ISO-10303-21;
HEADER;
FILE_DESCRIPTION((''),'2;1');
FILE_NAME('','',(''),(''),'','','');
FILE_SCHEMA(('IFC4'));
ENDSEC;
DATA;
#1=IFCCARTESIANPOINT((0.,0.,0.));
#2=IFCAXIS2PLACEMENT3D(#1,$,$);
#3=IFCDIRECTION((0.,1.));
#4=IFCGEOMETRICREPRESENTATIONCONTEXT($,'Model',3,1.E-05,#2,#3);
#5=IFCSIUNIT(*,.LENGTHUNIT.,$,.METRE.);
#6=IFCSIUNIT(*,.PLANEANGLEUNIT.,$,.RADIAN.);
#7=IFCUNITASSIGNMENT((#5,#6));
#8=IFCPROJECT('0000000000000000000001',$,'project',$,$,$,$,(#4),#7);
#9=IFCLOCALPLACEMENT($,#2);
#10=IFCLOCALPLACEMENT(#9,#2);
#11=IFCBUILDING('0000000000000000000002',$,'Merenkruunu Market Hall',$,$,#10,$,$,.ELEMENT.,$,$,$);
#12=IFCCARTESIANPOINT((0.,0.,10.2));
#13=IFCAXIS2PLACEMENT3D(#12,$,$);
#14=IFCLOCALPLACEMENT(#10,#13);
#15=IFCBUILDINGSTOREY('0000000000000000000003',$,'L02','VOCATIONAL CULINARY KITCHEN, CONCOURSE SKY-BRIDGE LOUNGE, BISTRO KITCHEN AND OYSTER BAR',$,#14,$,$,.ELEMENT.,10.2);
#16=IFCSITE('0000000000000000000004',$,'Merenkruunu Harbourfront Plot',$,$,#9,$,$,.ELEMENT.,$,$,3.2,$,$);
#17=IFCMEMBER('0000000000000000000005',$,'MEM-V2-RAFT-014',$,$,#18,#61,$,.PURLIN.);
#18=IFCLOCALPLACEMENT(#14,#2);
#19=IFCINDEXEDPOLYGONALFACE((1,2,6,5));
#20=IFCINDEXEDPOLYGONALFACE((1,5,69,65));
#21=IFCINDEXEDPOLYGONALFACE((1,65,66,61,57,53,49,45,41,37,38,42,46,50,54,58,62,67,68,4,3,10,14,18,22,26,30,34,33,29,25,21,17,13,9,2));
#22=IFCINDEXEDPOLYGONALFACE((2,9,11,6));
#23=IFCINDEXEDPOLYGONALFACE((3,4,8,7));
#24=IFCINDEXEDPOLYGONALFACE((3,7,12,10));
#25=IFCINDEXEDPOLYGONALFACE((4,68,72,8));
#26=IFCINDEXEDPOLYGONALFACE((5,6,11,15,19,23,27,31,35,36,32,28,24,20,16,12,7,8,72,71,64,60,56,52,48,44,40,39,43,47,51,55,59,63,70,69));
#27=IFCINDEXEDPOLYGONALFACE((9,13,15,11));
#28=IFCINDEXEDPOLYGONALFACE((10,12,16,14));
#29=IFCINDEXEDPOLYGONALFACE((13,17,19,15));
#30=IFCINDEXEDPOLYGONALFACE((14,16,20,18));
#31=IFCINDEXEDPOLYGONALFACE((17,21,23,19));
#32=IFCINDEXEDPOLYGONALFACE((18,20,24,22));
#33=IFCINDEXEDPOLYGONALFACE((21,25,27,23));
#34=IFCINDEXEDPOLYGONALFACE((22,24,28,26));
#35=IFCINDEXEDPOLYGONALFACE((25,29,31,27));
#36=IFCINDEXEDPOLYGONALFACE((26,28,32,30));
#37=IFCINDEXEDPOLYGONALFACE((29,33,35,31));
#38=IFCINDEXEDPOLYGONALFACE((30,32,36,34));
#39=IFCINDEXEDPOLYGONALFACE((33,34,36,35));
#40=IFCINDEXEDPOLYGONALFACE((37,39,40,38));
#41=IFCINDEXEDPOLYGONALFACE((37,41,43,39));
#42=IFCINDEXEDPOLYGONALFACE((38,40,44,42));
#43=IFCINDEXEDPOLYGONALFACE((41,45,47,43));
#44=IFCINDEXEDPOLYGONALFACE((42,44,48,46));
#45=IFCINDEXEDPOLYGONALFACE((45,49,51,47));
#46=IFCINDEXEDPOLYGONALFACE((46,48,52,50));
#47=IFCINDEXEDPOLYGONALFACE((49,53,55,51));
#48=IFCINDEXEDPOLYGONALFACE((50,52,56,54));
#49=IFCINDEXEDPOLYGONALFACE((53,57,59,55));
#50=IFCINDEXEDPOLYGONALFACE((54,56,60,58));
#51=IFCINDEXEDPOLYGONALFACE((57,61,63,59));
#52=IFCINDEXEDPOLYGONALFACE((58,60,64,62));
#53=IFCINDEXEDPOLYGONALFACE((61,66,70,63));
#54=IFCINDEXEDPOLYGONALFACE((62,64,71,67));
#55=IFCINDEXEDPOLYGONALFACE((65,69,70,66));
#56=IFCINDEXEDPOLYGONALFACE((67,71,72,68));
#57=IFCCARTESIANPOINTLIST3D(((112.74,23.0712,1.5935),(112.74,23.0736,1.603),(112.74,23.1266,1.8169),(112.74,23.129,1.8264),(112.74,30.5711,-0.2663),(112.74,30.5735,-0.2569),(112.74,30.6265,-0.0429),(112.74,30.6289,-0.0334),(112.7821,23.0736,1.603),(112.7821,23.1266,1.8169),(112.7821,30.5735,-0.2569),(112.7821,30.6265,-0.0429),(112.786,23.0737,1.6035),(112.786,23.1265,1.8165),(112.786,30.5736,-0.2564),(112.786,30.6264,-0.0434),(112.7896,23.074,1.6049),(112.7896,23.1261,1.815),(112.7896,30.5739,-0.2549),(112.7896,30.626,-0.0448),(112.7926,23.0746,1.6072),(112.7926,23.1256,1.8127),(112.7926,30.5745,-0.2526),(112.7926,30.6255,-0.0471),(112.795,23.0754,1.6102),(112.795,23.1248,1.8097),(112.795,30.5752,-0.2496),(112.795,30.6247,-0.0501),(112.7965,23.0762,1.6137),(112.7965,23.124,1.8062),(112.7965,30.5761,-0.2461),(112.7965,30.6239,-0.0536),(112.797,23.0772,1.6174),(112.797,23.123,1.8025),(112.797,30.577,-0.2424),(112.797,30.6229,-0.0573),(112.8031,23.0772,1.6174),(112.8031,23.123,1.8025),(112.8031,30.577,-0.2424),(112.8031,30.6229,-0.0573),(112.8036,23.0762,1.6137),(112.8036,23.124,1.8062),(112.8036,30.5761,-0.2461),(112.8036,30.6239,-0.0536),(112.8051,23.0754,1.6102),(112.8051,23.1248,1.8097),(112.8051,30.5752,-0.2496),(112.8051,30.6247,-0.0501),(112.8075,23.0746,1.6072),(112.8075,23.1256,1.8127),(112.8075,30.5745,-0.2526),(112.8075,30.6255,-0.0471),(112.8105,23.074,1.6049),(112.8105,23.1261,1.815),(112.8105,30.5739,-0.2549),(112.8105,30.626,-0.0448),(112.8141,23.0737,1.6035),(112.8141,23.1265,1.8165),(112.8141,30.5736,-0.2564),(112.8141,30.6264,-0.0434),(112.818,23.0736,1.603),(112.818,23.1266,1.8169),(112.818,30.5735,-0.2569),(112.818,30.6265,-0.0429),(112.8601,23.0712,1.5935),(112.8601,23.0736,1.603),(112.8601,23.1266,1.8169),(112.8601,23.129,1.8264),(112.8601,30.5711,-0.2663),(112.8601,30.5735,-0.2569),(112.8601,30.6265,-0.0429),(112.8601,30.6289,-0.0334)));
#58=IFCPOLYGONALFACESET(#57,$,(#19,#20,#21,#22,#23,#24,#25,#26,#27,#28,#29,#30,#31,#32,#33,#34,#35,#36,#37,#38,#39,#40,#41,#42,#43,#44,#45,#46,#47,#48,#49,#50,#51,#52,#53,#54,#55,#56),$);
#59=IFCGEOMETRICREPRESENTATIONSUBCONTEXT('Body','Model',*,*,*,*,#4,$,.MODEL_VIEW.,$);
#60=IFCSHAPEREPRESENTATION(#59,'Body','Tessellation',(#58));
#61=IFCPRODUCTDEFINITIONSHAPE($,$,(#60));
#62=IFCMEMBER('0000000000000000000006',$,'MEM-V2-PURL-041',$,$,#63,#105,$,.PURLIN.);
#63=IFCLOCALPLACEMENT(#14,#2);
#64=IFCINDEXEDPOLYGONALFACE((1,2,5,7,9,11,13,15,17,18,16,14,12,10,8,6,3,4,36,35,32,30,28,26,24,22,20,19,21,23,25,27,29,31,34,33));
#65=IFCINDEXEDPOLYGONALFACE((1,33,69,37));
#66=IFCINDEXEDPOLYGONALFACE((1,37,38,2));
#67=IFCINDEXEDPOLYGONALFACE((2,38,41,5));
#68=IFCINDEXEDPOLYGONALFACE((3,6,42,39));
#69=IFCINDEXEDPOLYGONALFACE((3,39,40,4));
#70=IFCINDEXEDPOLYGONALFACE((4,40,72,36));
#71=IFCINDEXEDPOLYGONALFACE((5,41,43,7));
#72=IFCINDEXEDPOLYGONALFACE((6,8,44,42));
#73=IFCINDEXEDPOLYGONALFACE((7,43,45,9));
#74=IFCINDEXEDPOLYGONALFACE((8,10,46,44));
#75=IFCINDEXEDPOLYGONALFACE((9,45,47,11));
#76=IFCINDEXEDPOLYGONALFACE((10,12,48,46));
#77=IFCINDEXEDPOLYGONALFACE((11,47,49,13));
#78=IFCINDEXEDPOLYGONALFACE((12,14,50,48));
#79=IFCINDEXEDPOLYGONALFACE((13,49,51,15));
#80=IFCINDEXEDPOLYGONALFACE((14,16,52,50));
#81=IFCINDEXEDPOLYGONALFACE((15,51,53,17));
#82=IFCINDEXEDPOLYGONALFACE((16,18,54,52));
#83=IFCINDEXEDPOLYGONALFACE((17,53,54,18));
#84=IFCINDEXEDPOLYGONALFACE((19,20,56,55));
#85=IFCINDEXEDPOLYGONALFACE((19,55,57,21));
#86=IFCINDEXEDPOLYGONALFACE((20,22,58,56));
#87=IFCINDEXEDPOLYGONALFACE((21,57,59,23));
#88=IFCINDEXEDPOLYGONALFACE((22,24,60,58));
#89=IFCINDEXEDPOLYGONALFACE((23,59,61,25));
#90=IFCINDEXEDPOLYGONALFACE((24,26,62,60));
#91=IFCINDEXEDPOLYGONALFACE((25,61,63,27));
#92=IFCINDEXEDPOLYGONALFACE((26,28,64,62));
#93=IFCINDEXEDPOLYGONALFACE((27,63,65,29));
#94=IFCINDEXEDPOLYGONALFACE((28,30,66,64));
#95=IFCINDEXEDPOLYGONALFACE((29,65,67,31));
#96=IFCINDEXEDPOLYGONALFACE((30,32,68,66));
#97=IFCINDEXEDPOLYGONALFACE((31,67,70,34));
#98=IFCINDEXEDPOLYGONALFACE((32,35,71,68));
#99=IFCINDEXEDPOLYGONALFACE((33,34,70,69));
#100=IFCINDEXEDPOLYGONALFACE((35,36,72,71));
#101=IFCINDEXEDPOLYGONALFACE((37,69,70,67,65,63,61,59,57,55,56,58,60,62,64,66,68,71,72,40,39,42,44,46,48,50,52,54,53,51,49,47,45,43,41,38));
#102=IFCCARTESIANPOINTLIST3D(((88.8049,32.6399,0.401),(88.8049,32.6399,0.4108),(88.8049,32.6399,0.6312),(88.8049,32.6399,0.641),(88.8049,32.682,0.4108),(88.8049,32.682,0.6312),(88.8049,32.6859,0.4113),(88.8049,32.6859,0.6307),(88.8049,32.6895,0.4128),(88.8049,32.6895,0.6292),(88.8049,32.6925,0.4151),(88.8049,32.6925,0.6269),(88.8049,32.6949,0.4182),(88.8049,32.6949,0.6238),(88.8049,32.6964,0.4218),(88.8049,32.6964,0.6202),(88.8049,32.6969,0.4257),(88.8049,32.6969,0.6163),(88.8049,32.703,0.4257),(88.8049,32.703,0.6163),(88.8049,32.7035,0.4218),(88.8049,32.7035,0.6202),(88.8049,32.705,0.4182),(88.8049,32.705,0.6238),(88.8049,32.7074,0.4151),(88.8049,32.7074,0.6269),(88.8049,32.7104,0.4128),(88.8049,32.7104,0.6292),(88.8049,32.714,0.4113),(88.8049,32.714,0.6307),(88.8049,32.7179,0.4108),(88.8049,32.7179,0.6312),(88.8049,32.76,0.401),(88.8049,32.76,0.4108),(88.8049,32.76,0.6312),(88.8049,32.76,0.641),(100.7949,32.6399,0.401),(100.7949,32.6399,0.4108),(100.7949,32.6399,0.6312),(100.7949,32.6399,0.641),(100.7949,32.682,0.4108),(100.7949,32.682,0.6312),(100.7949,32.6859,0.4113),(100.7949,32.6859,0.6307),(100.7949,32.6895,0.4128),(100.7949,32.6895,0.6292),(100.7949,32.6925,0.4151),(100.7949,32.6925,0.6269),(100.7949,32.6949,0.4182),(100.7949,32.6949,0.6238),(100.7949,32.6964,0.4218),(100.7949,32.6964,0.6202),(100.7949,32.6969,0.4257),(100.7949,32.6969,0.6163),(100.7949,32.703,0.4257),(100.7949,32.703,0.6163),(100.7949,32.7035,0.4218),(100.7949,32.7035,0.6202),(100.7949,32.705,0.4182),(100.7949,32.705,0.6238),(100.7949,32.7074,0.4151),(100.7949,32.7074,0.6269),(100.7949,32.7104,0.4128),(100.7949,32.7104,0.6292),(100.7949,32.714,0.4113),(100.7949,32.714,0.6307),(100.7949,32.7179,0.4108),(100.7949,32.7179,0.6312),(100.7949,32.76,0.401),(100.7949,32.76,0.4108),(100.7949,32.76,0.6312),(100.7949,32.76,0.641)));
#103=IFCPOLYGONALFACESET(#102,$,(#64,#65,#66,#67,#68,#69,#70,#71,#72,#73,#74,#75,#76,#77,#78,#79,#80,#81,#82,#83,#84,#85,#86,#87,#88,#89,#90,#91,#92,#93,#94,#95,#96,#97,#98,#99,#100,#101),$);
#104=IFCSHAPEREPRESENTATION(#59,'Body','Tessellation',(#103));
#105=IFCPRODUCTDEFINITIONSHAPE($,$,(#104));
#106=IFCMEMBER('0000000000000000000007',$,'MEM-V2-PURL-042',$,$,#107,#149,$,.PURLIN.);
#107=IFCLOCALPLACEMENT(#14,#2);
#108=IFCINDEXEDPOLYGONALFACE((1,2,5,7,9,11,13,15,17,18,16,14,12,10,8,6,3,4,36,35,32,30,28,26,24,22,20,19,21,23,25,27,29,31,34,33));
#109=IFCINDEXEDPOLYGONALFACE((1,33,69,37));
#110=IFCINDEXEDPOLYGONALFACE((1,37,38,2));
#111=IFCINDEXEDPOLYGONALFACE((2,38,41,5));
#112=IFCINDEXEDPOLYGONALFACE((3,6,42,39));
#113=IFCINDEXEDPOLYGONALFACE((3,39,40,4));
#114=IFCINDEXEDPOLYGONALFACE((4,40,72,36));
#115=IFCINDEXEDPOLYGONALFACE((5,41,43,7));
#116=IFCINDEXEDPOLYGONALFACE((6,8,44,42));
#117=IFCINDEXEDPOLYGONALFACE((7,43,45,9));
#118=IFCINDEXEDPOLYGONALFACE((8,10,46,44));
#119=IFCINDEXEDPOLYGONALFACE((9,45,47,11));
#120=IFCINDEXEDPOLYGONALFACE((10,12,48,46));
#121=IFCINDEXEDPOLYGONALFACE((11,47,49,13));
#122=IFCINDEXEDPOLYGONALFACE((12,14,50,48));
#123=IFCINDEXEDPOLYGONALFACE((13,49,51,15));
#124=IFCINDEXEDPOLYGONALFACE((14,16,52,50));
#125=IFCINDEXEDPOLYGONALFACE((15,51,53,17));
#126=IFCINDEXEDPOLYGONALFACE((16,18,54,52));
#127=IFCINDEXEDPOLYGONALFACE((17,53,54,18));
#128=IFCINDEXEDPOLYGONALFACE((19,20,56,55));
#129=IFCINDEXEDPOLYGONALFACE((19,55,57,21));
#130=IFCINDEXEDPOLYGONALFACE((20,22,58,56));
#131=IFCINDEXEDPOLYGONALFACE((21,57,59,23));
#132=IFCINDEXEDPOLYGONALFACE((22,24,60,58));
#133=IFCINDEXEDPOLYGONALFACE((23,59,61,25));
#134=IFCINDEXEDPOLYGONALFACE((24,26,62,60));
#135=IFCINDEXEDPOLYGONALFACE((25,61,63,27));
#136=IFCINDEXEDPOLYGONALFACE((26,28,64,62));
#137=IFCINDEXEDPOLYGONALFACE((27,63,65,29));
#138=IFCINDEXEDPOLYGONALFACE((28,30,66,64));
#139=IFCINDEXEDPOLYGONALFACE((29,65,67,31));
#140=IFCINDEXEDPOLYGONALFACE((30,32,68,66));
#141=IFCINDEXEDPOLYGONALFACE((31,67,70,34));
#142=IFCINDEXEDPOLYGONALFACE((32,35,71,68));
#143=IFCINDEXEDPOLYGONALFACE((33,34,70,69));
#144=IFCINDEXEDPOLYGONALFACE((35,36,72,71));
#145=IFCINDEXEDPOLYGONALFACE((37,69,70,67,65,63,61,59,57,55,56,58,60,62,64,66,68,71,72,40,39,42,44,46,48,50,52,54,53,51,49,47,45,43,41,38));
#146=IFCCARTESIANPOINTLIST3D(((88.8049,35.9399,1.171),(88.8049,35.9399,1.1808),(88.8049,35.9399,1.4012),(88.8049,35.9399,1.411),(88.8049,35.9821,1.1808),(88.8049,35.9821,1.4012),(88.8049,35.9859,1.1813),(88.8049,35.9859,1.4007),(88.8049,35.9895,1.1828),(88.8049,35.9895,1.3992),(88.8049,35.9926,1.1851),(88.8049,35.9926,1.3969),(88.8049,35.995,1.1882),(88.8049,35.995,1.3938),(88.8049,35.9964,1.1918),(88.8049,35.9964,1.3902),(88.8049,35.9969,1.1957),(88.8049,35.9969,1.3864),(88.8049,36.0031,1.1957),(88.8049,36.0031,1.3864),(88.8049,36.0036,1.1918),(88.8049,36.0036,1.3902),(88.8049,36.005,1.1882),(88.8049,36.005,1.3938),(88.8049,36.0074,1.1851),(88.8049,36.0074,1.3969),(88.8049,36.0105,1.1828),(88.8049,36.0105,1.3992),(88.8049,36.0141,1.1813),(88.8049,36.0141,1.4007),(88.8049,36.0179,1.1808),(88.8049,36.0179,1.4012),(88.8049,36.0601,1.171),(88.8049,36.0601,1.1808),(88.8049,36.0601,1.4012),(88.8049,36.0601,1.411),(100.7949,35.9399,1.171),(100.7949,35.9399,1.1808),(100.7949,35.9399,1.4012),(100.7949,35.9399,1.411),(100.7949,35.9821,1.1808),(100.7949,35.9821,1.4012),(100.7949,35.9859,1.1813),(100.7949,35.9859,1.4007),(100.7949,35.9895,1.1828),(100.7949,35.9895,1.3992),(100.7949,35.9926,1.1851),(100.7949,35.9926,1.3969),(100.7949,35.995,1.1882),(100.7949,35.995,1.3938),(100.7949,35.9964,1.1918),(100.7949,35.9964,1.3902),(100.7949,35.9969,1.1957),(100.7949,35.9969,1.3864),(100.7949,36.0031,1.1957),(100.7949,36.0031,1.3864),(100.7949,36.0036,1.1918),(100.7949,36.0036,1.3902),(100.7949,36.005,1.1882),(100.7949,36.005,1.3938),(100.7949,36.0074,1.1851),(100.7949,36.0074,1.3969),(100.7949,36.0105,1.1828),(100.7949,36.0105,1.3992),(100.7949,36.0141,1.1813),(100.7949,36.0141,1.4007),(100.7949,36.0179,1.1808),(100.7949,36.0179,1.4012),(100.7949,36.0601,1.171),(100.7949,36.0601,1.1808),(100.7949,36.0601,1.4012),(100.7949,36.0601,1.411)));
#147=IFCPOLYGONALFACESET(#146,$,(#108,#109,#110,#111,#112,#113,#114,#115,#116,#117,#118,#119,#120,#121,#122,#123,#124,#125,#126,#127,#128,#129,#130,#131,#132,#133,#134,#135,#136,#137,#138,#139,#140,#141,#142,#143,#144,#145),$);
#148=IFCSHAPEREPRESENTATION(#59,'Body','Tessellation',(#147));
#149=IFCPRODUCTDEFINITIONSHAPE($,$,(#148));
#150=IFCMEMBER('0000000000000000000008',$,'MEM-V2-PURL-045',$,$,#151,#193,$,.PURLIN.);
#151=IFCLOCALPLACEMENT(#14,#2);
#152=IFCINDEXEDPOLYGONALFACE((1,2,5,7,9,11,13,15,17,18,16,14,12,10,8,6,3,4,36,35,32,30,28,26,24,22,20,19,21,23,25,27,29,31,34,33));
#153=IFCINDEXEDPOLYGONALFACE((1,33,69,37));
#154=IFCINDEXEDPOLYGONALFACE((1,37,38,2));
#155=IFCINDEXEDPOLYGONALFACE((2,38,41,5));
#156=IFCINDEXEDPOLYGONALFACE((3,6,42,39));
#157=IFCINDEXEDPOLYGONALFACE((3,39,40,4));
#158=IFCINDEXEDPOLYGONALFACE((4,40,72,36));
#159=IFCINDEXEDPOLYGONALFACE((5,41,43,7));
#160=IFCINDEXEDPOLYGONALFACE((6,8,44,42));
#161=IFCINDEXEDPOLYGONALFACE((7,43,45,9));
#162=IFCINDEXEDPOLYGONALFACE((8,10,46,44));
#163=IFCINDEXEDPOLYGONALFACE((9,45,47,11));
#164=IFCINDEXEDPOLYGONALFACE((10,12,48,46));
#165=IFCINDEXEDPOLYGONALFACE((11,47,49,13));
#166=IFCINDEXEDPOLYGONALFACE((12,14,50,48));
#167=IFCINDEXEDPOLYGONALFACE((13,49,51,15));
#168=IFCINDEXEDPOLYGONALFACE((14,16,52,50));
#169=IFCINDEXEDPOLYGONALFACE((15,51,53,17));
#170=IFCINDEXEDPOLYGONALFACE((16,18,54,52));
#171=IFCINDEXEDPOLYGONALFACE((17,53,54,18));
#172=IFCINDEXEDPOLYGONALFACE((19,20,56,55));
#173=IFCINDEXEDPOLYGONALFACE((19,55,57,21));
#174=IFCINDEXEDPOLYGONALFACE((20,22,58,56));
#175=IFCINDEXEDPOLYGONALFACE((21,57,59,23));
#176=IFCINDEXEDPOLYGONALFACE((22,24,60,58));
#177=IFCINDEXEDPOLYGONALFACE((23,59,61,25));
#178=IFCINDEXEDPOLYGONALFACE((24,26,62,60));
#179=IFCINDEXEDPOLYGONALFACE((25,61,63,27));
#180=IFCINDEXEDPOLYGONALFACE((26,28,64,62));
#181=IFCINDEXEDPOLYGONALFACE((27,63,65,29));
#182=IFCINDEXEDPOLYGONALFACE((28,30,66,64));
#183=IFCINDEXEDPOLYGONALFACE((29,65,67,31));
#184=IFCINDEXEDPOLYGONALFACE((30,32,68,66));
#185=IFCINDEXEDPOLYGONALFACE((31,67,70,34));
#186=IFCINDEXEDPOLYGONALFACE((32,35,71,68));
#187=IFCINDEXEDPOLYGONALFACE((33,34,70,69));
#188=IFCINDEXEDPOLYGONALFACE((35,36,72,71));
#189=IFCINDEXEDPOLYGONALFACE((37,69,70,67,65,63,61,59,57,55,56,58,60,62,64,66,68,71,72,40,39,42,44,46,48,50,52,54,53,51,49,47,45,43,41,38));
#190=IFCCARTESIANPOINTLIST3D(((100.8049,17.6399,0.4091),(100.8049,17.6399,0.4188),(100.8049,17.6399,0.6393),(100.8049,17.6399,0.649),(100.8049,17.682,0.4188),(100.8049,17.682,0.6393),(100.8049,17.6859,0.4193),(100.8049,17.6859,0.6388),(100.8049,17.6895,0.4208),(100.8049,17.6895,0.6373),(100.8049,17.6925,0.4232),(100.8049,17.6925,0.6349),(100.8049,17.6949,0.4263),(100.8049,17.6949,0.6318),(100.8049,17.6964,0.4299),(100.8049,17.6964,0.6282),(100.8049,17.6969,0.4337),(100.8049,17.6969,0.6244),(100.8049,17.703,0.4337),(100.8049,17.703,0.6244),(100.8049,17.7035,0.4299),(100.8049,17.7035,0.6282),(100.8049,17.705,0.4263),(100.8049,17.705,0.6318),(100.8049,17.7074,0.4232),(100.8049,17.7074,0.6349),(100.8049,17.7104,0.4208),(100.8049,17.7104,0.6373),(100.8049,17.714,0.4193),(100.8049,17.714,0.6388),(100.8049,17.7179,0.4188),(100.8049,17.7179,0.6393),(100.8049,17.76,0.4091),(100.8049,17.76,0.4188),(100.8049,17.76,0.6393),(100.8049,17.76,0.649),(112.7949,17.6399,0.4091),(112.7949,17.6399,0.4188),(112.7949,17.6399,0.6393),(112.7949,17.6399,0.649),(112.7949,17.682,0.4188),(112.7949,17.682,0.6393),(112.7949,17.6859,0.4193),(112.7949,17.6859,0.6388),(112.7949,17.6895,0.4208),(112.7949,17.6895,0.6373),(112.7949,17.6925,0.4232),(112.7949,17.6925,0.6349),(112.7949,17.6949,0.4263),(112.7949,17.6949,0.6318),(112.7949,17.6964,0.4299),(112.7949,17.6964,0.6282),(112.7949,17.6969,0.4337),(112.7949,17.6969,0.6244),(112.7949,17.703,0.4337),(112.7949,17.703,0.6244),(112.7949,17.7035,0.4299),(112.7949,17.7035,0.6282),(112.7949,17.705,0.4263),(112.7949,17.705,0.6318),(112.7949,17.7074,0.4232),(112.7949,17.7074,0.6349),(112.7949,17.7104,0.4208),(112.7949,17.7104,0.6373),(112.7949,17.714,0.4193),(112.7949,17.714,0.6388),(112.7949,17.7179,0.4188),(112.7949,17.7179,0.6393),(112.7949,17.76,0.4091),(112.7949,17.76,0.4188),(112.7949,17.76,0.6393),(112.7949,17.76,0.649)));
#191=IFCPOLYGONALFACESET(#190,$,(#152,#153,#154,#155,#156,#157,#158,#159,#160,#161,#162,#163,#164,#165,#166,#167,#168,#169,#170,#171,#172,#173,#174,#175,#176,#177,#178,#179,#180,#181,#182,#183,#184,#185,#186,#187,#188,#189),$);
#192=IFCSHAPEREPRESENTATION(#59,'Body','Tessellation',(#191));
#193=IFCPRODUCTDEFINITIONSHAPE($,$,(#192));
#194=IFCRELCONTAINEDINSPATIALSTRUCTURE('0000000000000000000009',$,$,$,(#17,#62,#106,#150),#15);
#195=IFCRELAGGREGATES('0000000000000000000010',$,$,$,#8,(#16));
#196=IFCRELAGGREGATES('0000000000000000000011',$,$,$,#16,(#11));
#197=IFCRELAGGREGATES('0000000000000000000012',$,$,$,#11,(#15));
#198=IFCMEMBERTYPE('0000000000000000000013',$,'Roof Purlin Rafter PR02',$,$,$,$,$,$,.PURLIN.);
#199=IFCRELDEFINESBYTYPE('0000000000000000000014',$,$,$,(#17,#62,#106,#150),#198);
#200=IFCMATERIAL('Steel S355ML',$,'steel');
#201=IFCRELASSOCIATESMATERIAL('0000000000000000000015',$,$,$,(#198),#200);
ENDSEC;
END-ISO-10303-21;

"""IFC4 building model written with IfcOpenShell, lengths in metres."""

from ifc_helpers import new_model, si_unit, direction, frame, origin, origin_2d, place, context, subcontext, project, spatial, i_section, extrude, material, material_profile, profile_set, type_object, element, save


model = new_model("IFC4")

# Units and contexts
model_context = context("Model", 3, precision=1e-05, world=origin(), true_north=direction((0.0, 1.0)))
body_context = subcontext(model_context, "Body", "Model", "MODEL_VIEW")
ifc_project = project(units=[si_unit("LENGTHUNIT", "METRE"), si_unit("PLANEANGLEUNIT", "RADIAN")], contexts=[model_context])

# Site, building, storey
site_placement = place(None, origin())
site = spatial("IfcSite", under=ifc_project, at=site_placement, Name="Merenkruunu Harbourfront Plot", CompositionType="ELEMENT", RefElevation=3.2)
building_placement = place(site_placement, origin())
building = spatial("IfcBuilding", under=site, at=building_placement, Name="Merenkruunu Market Hall", CompositionType="ELEMENT")
storey_placement = place(building_placement, frame((0.0, 0.0, 10.2)))
storey = spatial("IfcBuildingStorey", under=building, at=storey_placement, Name="L02", Description="VOCATIONAL CULINARY KITCHEN, CONCOURSE SKY-BRIDGE LOUNGE, BISTRO KITCHEN AND OYSTER BAR", CompositionType="ELEMENT", Elevation=10.2)

# Members
ifc_material_1 = material(Name="Steel S355ML", Category="steel")
ifc_material_profile_1 = material_profile(ifc_material_1, i_section(OverallWidth=0.1201, OverallDepth=0.24, WebThickness=0.0061, FlangeThickness=0.0098, FilletRadius=0.0149, at=origin_2d()), Name="IPE 240")
ifc_profile_set_1 = profile_set([ifc_material_profile_1], Name="Steel S355ML")
member_type = type_object("IfcMemberType", Name="Roof Purlin Rafter PR02", PredefinedType="PURLIN", material=ifc_profile_set_1)
for number, where, z_axis, x_axis, name in (
    (1, (112.8, 23.1001, 1.71), (0.0, 0.970602, -0.240692), (-1.0, 0.0, 0.0), "MEM-V2-RAFT-014"),
):
    element("IfcMember", number, at=place(storey_placement, frame(where, z_axis=z_axis, x_axis=x_axis)), inside=storey, type_object=member_type, Name=name, PredefinedType="PURLIN", context=body_context, shape_type="SweptSolid", body=[
        extrude(i_section(OverallWidth=0.1201, OverallDepth=0.24, WebThickness=0.0061, FlangeThickness=0.0098, FilletRadius=0.0149, at=origin_2d()), origin(), (0.0, 0.0, 1.0), 7.7271),
    ])
for number, where, z_axis, x_axis, name in (
    (2, (88.8049, 32.7, 0.521), (1.0, 0.0, 0.0), (0.0, 1.0, 0.0), "MEM-V2-PURL-041"),
    (3, (88.8049, 36.0, 1.291), (1.0, 0.0, 0.0), (0.0, 1.0, 0.0), "MEM-V2-PURL-042"),
    (4, (100.8049, 17.7, 0.5291), (1.0, 0.0, 0.0), (0.0, 1.0, 0.0), "MEM-V2-PURL-045"),
):
    element("IfcMember", number, at=place(storey_placement, frame(where, z_axis=z_axis, x_axis=x_axis)), inside=storey, type_object=member_type, Name=name, PredefinedType="PURLIN", context=body_context, shape_type="SweptSolid", body=[
        extrude(i_section(OverallWidth=0.1201, OverallDepth=0.24, WebThickness=0.0061, FlangeThickness=0.0098, FilletRadius=0.0149, at=origin_2d()), origin(), (0.0, 0.0, 1.0), 11.99),
    ])

save(model, "model.ifc")
